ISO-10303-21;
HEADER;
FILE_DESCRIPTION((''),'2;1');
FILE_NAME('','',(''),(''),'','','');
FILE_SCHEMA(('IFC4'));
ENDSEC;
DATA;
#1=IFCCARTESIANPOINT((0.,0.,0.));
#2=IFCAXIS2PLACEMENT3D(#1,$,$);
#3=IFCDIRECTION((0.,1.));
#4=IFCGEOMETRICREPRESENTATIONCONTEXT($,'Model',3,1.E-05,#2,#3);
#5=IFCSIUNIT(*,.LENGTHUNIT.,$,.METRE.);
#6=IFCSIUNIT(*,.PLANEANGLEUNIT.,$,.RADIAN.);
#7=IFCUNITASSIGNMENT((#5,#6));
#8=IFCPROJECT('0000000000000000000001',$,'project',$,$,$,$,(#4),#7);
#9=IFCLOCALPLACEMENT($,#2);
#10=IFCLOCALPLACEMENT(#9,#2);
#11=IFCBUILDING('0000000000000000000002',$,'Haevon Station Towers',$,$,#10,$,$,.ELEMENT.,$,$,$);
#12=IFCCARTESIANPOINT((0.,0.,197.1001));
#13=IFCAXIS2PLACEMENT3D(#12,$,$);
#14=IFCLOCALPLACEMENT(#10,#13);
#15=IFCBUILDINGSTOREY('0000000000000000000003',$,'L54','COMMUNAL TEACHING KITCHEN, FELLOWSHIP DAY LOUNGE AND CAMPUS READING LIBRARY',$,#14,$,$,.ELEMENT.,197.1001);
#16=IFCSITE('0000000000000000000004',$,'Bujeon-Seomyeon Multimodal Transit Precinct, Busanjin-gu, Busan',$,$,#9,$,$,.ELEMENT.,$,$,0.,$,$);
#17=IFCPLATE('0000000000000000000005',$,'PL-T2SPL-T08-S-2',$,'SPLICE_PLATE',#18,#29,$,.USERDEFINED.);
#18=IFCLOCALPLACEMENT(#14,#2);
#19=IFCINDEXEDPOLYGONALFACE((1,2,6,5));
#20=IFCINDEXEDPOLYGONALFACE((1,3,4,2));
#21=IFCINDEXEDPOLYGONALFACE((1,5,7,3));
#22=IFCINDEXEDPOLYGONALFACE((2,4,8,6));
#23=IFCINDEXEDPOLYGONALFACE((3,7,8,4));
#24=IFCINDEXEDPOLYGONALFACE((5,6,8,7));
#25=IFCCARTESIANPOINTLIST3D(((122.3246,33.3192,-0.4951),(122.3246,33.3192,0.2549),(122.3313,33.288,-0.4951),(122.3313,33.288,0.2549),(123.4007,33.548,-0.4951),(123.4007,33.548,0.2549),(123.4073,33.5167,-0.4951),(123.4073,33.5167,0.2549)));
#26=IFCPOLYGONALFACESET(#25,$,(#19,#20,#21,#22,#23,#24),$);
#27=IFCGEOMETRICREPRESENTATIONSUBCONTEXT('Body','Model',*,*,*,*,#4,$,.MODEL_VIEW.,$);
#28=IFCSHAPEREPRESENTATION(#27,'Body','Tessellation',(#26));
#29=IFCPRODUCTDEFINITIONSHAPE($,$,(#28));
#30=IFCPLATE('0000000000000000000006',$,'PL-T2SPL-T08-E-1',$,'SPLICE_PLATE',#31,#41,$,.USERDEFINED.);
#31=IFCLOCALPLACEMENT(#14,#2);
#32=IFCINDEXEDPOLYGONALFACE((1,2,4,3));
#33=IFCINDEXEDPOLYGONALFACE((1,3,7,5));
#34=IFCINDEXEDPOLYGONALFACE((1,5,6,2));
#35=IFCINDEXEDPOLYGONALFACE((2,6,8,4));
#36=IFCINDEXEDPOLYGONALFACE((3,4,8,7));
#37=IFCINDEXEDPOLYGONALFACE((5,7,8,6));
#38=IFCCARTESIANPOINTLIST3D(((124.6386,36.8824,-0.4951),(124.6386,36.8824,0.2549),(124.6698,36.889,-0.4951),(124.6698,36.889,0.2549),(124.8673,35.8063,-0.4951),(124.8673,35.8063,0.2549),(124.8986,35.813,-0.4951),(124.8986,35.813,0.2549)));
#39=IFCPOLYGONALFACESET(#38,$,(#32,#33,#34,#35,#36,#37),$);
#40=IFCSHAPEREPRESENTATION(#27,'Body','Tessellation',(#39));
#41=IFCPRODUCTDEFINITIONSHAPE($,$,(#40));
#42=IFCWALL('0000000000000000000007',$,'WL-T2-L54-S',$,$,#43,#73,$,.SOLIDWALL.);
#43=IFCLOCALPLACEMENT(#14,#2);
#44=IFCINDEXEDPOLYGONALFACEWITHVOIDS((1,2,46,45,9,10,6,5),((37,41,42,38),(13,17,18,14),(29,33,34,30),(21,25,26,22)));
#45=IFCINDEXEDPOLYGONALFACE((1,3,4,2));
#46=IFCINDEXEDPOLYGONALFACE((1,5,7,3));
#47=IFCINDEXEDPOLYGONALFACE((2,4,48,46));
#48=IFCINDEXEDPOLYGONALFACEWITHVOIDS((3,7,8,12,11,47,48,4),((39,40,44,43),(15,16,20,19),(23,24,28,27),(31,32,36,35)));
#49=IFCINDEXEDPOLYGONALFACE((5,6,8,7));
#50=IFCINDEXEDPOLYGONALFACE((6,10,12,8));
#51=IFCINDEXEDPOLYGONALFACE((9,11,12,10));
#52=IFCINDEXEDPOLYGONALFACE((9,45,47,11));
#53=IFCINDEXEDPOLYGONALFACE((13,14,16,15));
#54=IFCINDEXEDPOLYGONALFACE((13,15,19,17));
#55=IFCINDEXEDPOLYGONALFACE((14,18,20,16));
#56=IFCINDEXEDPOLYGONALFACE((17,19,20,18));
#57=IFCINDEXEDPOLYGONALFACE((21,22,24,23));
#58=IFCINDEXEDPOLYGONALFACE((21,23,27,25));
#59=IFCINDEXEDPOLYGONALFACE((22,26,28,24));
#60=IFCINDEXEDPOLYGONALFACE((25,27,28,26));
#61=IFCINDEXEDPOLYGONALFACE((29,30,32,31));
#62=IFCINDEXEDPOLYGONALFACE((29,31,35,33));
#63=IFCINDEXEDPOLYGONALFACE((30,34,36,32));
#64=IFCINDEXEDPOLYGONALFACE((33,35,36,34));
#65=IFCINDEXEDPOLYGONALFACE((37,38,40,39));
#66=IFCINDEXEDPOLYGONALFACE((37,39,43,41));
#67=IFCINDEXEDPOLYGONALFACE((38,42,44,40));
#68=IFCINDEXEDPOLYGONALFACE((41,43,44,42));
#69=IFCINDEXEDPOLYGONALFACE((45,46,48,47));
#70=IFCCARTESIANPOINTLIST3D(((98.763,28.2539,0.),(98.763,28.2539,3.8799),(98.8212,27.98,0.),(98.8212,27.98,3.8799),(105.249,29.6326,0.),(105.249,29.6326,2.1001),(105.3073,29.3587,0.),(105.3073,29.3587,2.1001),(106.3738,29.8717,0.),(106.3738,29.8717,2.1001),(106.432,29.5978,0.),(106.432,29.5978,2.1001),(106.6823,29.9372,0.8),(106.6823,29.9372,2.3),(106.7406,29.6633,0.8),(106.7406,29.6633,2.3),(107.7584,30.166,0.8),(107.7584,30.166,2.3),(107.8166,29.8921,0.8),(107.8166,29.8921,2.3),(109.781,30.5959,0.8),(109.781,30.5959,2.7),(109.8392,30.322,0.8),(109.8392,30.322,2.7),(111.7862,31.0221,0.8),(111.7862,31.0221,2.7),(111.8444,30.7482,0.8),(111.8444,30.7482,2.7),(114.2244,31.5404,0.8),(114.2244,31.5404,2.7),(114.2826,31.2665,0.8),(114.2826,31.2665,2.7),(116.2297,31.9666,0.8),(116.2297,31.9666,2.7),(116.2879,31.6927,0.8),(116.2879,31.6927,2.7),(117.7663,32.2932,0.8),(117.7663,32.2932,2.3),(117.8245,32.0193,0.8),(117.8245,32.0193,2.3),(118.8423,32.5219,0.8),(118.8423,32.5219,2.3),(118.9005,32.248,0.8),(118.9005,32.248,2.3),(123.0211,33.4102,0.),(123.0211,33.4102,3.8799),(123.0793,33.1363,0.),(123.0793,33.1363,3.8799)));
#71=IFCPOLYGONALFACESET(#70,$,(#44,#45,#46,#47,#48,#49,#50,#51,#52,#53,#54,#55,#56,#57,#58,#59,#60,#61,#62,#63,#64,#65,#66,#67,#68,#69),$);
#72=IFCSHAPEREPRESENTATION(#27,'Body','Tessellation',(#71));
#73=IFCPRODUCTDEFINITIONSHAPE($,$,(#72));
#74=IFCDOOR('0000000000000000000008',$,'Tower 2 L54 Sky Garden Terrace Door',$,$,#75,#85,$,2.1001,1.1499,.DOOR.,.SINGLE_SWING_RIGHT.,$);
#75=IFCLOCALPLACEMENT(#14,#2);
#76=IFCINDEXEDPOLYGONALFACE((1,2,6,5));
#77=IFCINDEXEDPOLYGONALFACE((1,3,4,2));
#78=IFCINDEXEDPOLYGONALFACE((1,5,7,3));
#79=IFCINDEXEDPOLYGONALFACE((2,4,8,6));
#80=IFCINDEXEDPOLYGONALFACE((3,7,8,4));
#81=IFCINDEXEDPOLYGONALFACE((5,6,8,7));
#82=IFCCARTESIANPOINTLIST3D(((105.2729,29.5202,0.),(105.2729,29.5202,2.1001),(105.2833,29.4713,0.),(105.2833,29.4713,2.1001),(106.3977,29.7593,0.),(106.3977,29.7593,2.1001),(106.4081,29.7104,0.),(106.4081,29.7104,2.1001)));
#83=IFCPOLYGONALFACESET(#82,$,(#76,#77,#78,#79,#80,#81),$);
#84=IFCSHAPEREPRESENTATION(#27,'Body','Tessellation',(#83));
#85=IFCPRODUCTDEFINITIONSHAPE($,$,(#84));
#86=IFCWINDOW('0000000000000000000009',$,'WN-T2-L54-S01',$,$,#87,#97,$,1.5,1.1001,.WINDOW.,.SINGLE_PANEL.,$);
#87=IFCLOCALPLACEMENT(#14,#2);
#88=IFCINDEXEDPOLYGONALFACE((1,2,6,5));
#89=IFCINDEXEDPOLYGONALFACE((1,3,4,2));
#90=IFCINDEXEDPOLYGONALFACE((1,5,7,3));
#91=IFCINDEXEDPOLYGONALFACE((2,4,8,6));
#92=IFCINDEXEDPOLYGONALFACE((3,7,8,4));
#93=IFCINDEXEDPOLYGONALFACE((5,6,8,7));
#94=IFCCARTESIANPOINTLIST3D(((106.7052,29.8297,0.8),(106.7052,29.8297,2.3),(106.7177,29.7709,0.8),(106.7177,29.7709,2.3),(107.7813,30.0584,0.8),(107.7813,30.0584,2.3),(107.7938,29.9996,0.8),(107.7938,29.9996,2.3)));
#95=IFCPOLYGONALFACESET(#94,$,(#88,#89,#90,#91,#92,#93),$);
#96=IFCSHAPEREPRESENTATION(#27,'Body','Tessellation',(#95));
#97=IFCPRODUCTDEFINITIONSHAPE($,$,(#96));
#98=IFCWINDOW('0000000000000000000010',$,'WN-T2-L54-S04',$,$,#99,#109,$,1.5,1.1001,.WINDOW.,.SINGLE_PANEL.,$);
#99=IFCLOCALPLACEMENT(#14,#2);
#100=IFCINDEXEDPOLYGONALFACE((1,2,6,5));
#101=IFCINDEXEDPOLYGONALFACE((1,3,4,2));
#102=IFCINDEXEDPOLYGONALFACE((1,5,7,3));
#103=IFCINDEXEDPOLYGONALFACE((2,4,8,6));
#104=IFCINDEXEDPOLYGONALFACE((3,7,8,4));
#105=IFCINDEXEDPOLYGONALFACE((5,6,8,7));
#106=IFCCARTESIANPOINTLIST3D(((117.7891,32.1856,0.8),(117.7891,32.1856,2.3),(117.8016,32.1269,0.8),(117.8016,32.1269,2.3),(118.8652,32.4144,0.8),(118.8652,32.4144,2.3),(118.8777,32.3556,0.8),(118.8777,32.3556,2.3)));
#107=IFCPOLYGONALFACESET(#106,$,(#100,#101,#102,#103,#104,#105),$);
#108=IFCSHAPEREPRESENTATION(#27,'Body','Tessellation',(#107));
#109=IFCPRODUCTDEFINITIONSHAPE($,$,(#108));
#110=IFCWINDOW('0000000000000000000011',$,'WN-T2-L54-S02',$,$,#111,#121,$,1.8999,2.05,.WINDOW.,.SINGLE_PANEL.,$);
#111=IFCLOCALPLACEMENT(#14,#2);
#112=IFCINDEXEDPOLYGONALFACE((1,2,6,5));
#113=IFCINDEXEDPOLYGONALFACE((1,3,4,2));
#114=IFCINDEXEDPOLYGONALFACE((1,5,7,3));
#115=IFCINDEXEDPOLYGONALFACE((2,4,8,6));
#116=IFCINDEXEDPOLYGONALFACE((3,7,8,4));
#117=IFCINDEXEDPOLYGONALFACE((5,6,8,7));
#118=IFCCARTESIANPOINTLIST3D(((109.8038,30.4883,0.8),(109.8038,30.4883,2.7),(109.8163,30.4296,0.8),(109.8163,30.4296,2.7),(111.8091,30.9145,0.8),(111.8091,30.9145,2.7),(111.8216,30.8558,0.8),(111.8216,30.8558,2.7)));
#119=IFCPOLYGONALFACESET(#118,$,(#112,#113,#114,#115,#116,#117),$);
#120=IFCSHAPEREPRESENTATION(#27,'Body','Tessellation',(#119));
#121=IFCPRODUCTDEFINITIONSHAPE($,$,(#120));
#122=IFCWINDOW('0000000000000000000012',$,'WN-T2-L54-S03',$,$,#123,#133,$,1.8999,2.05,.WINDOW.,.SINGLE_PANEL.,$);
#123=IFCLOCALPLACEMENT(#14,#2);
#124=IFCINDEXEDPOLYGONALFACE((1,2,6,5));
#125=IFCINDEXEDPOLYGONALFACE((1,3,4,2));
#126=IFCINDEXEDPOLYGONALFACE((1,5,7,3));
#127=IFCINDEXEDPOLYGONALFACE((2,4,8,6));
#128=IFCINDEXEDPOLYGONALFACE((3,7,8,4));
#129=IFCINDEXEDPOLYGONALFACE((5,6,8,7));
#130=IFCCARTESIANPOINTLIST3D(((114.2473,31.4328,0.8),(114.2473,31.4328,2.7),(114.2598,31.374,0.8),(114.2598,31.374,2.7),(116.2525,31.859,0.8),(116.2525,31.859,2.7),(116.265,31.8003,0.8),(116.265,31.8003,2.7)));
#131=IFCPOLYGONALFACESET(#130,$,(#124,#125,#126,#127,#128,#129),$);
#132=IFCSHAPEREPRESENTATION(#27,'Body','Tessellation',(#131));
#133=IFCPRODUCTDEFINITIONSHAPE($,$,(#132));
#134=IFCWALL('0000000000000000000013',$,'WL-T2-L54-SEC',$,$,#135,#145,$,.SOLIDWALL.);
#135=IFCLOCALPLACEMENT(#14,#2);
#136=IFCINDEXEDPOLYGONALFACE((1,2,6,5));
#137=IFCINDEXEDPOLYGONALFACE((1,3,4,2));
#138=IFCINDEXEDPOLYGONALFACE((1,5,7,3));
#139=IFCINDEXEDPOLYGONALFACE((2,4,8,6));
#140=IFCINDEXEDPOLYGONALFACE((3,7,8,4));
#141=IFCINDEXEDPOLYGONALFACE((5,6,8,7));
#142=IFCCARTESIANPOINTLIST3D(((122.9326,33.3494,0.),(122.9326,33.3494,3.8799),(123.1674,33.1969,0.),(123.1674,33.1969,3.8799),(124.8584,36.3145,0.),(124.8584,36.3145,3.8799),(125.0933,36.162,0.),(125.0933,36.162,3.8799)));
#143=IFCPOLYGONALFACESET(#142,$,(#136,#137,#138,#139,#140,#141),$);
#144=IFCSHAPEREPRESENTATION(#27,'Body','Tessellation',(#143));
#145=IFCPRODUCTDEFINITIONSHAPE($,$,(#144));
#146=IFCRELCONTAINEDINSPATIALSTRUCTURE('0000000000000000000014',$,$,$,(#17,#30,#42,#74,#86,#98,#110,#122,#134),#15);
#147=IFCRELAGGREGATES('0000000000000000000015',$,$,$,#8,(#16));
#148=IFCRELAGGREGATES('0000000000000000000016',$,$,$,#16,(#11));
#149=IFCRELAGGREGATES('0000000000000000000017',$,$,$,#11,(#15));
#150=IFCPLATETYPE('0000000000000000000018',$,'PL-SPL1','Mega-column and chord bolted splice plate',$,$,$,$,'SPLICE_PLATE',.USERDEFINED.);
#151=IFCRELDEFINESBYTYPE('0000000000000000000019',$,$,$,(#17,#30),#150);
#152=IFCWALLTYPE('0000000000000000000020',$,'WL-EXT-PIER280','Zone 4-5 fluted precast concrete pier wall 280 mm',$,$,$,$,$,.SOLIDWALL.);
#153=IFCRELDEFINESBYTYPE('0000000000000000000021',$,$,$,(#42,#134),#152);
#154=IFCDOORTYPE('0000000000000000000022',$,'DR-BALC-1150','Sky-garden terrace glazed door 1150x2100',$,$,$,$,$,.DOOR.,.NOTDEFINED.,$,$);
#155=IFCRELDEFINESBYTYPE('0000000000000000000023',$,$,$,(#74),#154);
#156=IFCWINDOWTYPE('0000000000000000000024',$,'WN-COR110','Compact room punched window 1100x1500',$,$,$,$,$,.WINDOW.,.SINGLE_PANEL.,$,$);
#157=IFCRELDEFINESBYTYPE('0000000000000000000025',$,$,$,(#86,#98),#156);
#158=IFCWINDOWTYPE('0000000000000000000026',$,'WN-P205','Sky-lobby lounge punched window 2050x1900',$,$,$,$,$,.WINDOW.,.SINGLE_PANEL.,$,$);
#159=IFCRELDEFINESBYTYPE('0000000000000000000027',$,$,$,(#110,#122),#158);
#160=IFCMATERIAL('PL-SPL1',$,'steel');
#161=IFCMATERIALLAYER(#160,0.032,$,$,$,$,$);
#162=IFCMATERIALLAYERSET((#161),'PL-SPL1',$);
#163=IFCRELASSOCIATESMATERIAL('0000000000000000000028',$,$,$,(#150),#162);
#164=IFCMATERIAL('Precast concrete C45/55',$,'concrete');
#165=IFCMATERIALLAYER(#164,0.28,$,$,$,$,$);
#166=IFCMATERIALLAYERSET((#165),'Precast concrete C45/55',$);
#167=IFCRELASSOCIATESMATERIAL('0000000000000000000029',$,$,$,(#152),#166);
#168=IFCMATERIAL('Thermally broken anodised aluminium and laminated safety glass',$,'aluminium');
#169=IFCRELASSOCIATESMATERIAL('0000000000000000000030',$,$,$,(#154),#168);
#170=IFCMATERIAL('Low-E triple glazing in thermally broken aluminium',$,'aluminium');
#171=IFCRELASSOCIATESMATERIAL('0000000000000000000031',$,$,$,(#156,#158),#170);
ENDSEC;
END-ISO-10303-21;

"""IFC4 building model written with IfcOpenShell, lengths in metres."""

from ifc_helpers import new_model, si_unit, direction, frame, frame_2d, origin, origin_2d, place, context, subcontext, project, spatial, rectangle, extrude, material, layer, layer_set, type_object, element, fill, save


model = new_model("IFC4")

# Units and contexts
model_context = context("Model", 3, precision=1e-05, world=origin(), true_north=direction((0.0, 1.0)))
body_context = subcontext(model_context, "Body", "Model", "MODEL_VIEW")
ifc_project = project(units=[si_unit("LENGTHUNIT", "METRE"), si_unit("PLANEANGLEUNIT", "RADIAN")], contexts=[model_context])

# Site, building, storey
site_placement = place(None, origin())
site = spatial("IfcSite", under=ifc_project, at=site_placement, Name="Bujeon-Seomyeon Multimodal Transit Precinct, Busanjin-gu, Busan", CompositionType="ELEMENT", RefElevation=0.0)
building_placement = place(site_placement, origin())
building = spatial("IfcBuilding", under=site, at=building_placement, Name="Haevon Station Towers", CompositionType="ELEMENT")
storey_placement = place(building_placement, frame((0.0, 0.0, 197.1001)))
storey = spatial("IfcBuildingStorey", under=building, at=storey_placement, Name="L54", Description="COMMUNAL TEACHING KITCHEN, FELLOWSHIP DAY LOUNGE AND CAMPUS READING LIBRARY", CompositionType="ELEMENT", Elevation=197.1001)

# Plates
ifc_material_1 = material(Name="PL-SPL1", Category="steel")
ifc_layer_1 = layer(ifc_material_1, 0.032)
ifc_layer_set_1 = layer_set([ifc_layer_1], Name="PL-SPL1")
plate_type = type_object("IfcPlateType", Name="PL-SPL1", Description="Mega-column and chord bolted splice plate", ElementType="SPLICE_PLATE", PredefinedType="USERDEFINED", material=ifc_layer_set_1)
for number, where, z_axis, x_axis, name in (
    (1, (122.866, 33.418, -0.4951), (0.0, 0.0, 1.0), (0.978148, 0.207912, 0.0), "PL-T2SPL-T08-S-2"),
    (2, (124.7686, 36.3477, -0.4951), (0.0, 0.0, 1.0), (-0.207912, 0.978148, 0.0), "PL-T2SPL-T08-E-1"),
):
    element("IfcPlate", number, at=place(storey_placement, frame(where, z_axis=z_axis, x_axis=x_axis)), inside=storey, type_object=plate_type, Name=name, ObjectType="SPLICE_PLATE", PredefinedType="USERDEFINED", context=body_context, shape_type="SweptSolid", body=[
        extrude(rectangle(XDim=1.1001, YDim=0.032, at=origin_2d()), origin(), (0.0, 0.0, 1.0), 0.75),
    ])

# Wall, openings, door, windows
ifc_material_2 = material(Name="Precast concrete C45/55", Category="concrete")
ifc_layer_2 = layer(ifc_material_2, 0.28)
ifc_layer_set_2 = layer_set([ifc_layer_2], Name="Precast concrete C45/55")
wall_type_1 = type_object("IfcWallType", Name="WL-EXT-PIER280", Description="Zone 4-5 fluted precast concrete pier wall 280 mm", PredefinedType="SOLIDWALL", material=ifc_layer_set_2)
wall_1_placement = place(storey_placement, frame((123.05, 33.2732, 0.0), z_axis=(0.0, 0.0, 1.0), x_axis=(-0.978147, -0.207913, 0.0)))
wall_1 = element("IfcWall", 3, at=wall_1_placement, inside=storey, type_object=wall_type_1, Name="WL-T2-L54-S", PredefinedType="SOLIDWALL", context=body_context, shape_type="SweptSolid", body=[
    extrude(rectangle(XDim=24.8, YDim=0.28, at=frame_2d((12.3999, 0.0))), origin(), (0.0, 0.0, 1.0), 3.8799),
])
opening_1_placement = place(wall_1_placement, frame((17.019, 0.0, 0.0)))
opening_1 = element("IfcOpeningElement", 4, at=opening_1_placement, cuts=wall_1, PredefinedType="OPENING", context=body_context, shape_type="SweptSolid", body=[
    extrude(rectangle(XDim=1.1499, YDim=2.1001, at=frame_2d((0.575, 1.05))), frame((0.0, 0.1499, 0.0), z_axis=(0.0, -1.0, 0.0), x_axis=(1.0, 0.0, 0.0)), (0.0, 0.0, 1.0), 0.3),
])
opening_2_placement = place(wall_1_placement, frame((15.6035, 0.0, 0.8)))
opening_2 = element("IfcOpeningElement", 5, at=opening_2_placement, cuts=wall_1, PredefinedType="OPENING", context=body_context, shape_type="SweptSolid", body=[
    extrude(rectangle(XDim=1.1001, YDim=1.5, at=frame_2d((0.55, 0.75))), frame((0.0, 0.1499, 0.0), z_axis=(0.0, -1.0, 0.0), x_axis=(1.0, 0.0, 0.0)), (0.0, 0.0, 1.0), 0.3),
])
opening_3_placement = place(wall_1_placement, frame((11.4858, 0.0, 0.8)))
opening_3 = element("IfcOpeningElement", 6, at=opening_3_placement, cuts=wall_1, PredefinedType="OPENING", context=body_context, shape_type="SweptSolid", body=[
    extrude(rectangle(XDim=2.05, YDim=1.8999, at=frame_2d((1.0249, 0.95))), frame((0.0, 0.1499, 0.0), z_axis=(0.0, -1.0, 0.0), x_axis=(1.0, 0.0, 0.0)), (0.0, 0.0, 1.0), 0.3),
])
opening_4_placement = place(wall_1_placement, frame((6.9431, 0.0, 0.8)))
opening_4 = element("IfcOpeningElement", 7, at=opening_4_placement, cuts=wall_1, PredefinedType="OPENING", context=body_context, shape_type="SweptSolid", body=[
    extrude(rectangle(XDim=2.05, YDim=1.8999, at=frame_2d((1.0249, 0.95))), frame((0.0, 0.1499, 0.0), z_axis=(0.0, -1.0, 0.0), x_axis=(1.0, 0.0, 0.0)), (0.0, 0.0, 1.0), 0.3),
])
opening_5_placement = place(wall_1_placement, frame((4.272, 0.0, 0.8)))
opening_5 = element("IfcOpeningElement", 8, at=opening_5_placement, cuts=wall_1, PredefinedType="OPENING", context=body_context, shape_type="SweptSolid", body=[
    extrude(rectangle(XDim=1.1001, YDim=1.5, at=frame_2d((0.55, 0.75))), frame((0.0, 0.1499, 0.0), z_axis=(0.0, -1.0, 0.0), x_axis=(1.0, 0.0, 0.0)), (0.0, 0.0, 1.0), 0.3),
])
ifc_material_3 = material(Name="Thermally broken anodised aluminium and laminated safety glass", Category="aluminium")
door_type_1 = type_object("IfcDoorType", Name="DR-BALC-1150", Description="Sky-garden terrace glazed door 1150x2100", OperationType="NOTDEFINED", PredefinedType="DOOR", material=ifc_material_3)
door_1_placement = place(opening_1_placement, origin())
door_1 = element("IfcDoor", 9, at=door_1_placement, inside=storey, type_object=door_type_1, Name="Tower 2 L54 Sky Garden Terrace Door", OperationType="SINGLE_SWING_RIGHT", OverallHeight=2.1001, OverallWidth=1.1499, PredefinedType="DOOR", context=body_context, shape_type="SweptSolid", body=[
    extrude(rectangle(XDim=1.1499, YDim=2.1001, at=frame_2d((0.575, 1.05))), frame((0.0, 0.0249, 0.0), z_axis=(0.0, -1.0, 0.0), x_axis=(1.0, 0.0, 0.0)), (0.0, 0.0, 1.0), 0.05),
])
fill(opening_1, door_1)
ifc_material_4 = material(Name="Low-E triple glazing in thermally broken aluminium", Category="aluminium")
window_type_1 = type_object("IfcWindowType", Name="WN-COR110", Description="Compact room punched window 1100x1500", PartitioningType="SINGLE_PANEL", PredefinedType="WINDOW", material=ifc_material_4)
window_1_placement = place(opening_2_placement, origin())
window_1 = element("IfcWindow", 10, at=window_1_placement, inside=storey, type_object=window_type_1, Name="WN-T2-L54-S01", OverallHeight=1.5, OverallWidth=1.1001, PartitioningType="SINGLE_PANEL", PredefinedType="WINDOW", context=body_context, shape_type="SweptSolid", body=[
    extrude(rectangle(XDim=1.1001, YDim=1.5, at=frame_2d((0.55, 0.75))), frame((0.0, 0.03, 0.0), z_axis=(0.0, -1.0, 0.0), x_axis=(1.0, 0.0, 0.0)), (0.0, 0.0, 1.0), 0.0601),
])
fill(opening_2, window_1)
window_2_placement = place(opening_5_placement, origin())
window_2 = element("IfcWindow", 11, at=window_2_placement, inside=storey, type_object=window_type_1, Name="WN-T2-L54-S04", OverallHeight=1.5, OverallWidth=1.1001, PartitioningType="SINGLE_PANEL", PredefinedType="WINDOW", context=body_context, shape_type="SweptSolid", body=[
    extrude(rectangle(XDim=1.1001, YDim=1.5, at=frame_2d((0.55, 0.75))), frame((0.0, 0.03, 0.0), z_axis=(0.0, -1.0, 0.0), x_axis=(1.0, 0.0, 0.0)), (0.0, 0.0, 1.0), 0.0601),
])
fill(opening_5, window_2)
window_type_2 = type_object("IfcWindowType", Name="WN-P205", Description="Sky-lobby lounge punched window 2050x1900", PartitioningType="SINGLE_PANEL", PredefinedType="WINDOW", material=ifc_material_4)
window_3_placement = place(opening_3_placement, origin())
window_3 = element("IfcWindow", 12, at=window_3_placement, inside=storey, type_object=window_type_2, Name="WN-T2-L54-S02", OverallHeight=1.8999, OverallWidth=2.05, PartitioningType="SINGLE_PANEL", PredefinedType="WINDOW", context=body_context, shape_type="SweptSolid", body=[
    extrude(rectangle(XDim=2.05, YDim=1.8999, at=frame_2d((1.0249, 0.95))), frame((0.0, 0.03, 0.0), z_axis=(0.0, -1.0, 0.0), x_axis=(1.0, 0.0, 0.0)), (0.0, 0.0, 1.0), 0.0601),
])
fill(opening_3, window_3)
window_4_placement = place(opening_4_placement, origin())
window_4 = element("IfcWindow", 13, at=window_4_placement, inside=storey, type_object=window_type_2, Name="WN-T2-L54-S03", OverallHeight=1.8999, OverallWidth=2.05, PartitioningType="SINGLE_PANEL", PredefinedType="WINDOW", context=body_context, shape_type="SweptSolid", body=[
    extrude(rectangle(XDim=2.05, YDim=1.8999, at=frame_2d((1.0249, 0.95))), frame((0.0, 0.03, 0.0), z_axis=(0.0, -1.0, 0.0), x_axis=(1.0, 0.0, 0.0)), (0.0, 0.0, 1.0), 0.0601),
])
fill(opening_4, window_4)

# Wall
wall_2_placement = place(storey_placement, frame((124.9758, 36.2383, 0.0), z_axis=(0.0, 0.0, 1.0), x_axis=(-0.544685, -0.838641, 0.0)))
element("IfcWall", 14, at=wall_2_placement, inside=storey, type_object=wall_type_1, Name="WL-T2-L54-SEC", PredefinedType="SOLIDWALL", context=body_context, shape_type="SweptSolid", body=[
    extrude(rectangle(XDim=3.5356, YDim=0.28, at=frame_2d((1.7678, 0.0))), origin(), (0.0, 0.0, 1.0), 3.8799),
])

save(model, "model.ifc")
